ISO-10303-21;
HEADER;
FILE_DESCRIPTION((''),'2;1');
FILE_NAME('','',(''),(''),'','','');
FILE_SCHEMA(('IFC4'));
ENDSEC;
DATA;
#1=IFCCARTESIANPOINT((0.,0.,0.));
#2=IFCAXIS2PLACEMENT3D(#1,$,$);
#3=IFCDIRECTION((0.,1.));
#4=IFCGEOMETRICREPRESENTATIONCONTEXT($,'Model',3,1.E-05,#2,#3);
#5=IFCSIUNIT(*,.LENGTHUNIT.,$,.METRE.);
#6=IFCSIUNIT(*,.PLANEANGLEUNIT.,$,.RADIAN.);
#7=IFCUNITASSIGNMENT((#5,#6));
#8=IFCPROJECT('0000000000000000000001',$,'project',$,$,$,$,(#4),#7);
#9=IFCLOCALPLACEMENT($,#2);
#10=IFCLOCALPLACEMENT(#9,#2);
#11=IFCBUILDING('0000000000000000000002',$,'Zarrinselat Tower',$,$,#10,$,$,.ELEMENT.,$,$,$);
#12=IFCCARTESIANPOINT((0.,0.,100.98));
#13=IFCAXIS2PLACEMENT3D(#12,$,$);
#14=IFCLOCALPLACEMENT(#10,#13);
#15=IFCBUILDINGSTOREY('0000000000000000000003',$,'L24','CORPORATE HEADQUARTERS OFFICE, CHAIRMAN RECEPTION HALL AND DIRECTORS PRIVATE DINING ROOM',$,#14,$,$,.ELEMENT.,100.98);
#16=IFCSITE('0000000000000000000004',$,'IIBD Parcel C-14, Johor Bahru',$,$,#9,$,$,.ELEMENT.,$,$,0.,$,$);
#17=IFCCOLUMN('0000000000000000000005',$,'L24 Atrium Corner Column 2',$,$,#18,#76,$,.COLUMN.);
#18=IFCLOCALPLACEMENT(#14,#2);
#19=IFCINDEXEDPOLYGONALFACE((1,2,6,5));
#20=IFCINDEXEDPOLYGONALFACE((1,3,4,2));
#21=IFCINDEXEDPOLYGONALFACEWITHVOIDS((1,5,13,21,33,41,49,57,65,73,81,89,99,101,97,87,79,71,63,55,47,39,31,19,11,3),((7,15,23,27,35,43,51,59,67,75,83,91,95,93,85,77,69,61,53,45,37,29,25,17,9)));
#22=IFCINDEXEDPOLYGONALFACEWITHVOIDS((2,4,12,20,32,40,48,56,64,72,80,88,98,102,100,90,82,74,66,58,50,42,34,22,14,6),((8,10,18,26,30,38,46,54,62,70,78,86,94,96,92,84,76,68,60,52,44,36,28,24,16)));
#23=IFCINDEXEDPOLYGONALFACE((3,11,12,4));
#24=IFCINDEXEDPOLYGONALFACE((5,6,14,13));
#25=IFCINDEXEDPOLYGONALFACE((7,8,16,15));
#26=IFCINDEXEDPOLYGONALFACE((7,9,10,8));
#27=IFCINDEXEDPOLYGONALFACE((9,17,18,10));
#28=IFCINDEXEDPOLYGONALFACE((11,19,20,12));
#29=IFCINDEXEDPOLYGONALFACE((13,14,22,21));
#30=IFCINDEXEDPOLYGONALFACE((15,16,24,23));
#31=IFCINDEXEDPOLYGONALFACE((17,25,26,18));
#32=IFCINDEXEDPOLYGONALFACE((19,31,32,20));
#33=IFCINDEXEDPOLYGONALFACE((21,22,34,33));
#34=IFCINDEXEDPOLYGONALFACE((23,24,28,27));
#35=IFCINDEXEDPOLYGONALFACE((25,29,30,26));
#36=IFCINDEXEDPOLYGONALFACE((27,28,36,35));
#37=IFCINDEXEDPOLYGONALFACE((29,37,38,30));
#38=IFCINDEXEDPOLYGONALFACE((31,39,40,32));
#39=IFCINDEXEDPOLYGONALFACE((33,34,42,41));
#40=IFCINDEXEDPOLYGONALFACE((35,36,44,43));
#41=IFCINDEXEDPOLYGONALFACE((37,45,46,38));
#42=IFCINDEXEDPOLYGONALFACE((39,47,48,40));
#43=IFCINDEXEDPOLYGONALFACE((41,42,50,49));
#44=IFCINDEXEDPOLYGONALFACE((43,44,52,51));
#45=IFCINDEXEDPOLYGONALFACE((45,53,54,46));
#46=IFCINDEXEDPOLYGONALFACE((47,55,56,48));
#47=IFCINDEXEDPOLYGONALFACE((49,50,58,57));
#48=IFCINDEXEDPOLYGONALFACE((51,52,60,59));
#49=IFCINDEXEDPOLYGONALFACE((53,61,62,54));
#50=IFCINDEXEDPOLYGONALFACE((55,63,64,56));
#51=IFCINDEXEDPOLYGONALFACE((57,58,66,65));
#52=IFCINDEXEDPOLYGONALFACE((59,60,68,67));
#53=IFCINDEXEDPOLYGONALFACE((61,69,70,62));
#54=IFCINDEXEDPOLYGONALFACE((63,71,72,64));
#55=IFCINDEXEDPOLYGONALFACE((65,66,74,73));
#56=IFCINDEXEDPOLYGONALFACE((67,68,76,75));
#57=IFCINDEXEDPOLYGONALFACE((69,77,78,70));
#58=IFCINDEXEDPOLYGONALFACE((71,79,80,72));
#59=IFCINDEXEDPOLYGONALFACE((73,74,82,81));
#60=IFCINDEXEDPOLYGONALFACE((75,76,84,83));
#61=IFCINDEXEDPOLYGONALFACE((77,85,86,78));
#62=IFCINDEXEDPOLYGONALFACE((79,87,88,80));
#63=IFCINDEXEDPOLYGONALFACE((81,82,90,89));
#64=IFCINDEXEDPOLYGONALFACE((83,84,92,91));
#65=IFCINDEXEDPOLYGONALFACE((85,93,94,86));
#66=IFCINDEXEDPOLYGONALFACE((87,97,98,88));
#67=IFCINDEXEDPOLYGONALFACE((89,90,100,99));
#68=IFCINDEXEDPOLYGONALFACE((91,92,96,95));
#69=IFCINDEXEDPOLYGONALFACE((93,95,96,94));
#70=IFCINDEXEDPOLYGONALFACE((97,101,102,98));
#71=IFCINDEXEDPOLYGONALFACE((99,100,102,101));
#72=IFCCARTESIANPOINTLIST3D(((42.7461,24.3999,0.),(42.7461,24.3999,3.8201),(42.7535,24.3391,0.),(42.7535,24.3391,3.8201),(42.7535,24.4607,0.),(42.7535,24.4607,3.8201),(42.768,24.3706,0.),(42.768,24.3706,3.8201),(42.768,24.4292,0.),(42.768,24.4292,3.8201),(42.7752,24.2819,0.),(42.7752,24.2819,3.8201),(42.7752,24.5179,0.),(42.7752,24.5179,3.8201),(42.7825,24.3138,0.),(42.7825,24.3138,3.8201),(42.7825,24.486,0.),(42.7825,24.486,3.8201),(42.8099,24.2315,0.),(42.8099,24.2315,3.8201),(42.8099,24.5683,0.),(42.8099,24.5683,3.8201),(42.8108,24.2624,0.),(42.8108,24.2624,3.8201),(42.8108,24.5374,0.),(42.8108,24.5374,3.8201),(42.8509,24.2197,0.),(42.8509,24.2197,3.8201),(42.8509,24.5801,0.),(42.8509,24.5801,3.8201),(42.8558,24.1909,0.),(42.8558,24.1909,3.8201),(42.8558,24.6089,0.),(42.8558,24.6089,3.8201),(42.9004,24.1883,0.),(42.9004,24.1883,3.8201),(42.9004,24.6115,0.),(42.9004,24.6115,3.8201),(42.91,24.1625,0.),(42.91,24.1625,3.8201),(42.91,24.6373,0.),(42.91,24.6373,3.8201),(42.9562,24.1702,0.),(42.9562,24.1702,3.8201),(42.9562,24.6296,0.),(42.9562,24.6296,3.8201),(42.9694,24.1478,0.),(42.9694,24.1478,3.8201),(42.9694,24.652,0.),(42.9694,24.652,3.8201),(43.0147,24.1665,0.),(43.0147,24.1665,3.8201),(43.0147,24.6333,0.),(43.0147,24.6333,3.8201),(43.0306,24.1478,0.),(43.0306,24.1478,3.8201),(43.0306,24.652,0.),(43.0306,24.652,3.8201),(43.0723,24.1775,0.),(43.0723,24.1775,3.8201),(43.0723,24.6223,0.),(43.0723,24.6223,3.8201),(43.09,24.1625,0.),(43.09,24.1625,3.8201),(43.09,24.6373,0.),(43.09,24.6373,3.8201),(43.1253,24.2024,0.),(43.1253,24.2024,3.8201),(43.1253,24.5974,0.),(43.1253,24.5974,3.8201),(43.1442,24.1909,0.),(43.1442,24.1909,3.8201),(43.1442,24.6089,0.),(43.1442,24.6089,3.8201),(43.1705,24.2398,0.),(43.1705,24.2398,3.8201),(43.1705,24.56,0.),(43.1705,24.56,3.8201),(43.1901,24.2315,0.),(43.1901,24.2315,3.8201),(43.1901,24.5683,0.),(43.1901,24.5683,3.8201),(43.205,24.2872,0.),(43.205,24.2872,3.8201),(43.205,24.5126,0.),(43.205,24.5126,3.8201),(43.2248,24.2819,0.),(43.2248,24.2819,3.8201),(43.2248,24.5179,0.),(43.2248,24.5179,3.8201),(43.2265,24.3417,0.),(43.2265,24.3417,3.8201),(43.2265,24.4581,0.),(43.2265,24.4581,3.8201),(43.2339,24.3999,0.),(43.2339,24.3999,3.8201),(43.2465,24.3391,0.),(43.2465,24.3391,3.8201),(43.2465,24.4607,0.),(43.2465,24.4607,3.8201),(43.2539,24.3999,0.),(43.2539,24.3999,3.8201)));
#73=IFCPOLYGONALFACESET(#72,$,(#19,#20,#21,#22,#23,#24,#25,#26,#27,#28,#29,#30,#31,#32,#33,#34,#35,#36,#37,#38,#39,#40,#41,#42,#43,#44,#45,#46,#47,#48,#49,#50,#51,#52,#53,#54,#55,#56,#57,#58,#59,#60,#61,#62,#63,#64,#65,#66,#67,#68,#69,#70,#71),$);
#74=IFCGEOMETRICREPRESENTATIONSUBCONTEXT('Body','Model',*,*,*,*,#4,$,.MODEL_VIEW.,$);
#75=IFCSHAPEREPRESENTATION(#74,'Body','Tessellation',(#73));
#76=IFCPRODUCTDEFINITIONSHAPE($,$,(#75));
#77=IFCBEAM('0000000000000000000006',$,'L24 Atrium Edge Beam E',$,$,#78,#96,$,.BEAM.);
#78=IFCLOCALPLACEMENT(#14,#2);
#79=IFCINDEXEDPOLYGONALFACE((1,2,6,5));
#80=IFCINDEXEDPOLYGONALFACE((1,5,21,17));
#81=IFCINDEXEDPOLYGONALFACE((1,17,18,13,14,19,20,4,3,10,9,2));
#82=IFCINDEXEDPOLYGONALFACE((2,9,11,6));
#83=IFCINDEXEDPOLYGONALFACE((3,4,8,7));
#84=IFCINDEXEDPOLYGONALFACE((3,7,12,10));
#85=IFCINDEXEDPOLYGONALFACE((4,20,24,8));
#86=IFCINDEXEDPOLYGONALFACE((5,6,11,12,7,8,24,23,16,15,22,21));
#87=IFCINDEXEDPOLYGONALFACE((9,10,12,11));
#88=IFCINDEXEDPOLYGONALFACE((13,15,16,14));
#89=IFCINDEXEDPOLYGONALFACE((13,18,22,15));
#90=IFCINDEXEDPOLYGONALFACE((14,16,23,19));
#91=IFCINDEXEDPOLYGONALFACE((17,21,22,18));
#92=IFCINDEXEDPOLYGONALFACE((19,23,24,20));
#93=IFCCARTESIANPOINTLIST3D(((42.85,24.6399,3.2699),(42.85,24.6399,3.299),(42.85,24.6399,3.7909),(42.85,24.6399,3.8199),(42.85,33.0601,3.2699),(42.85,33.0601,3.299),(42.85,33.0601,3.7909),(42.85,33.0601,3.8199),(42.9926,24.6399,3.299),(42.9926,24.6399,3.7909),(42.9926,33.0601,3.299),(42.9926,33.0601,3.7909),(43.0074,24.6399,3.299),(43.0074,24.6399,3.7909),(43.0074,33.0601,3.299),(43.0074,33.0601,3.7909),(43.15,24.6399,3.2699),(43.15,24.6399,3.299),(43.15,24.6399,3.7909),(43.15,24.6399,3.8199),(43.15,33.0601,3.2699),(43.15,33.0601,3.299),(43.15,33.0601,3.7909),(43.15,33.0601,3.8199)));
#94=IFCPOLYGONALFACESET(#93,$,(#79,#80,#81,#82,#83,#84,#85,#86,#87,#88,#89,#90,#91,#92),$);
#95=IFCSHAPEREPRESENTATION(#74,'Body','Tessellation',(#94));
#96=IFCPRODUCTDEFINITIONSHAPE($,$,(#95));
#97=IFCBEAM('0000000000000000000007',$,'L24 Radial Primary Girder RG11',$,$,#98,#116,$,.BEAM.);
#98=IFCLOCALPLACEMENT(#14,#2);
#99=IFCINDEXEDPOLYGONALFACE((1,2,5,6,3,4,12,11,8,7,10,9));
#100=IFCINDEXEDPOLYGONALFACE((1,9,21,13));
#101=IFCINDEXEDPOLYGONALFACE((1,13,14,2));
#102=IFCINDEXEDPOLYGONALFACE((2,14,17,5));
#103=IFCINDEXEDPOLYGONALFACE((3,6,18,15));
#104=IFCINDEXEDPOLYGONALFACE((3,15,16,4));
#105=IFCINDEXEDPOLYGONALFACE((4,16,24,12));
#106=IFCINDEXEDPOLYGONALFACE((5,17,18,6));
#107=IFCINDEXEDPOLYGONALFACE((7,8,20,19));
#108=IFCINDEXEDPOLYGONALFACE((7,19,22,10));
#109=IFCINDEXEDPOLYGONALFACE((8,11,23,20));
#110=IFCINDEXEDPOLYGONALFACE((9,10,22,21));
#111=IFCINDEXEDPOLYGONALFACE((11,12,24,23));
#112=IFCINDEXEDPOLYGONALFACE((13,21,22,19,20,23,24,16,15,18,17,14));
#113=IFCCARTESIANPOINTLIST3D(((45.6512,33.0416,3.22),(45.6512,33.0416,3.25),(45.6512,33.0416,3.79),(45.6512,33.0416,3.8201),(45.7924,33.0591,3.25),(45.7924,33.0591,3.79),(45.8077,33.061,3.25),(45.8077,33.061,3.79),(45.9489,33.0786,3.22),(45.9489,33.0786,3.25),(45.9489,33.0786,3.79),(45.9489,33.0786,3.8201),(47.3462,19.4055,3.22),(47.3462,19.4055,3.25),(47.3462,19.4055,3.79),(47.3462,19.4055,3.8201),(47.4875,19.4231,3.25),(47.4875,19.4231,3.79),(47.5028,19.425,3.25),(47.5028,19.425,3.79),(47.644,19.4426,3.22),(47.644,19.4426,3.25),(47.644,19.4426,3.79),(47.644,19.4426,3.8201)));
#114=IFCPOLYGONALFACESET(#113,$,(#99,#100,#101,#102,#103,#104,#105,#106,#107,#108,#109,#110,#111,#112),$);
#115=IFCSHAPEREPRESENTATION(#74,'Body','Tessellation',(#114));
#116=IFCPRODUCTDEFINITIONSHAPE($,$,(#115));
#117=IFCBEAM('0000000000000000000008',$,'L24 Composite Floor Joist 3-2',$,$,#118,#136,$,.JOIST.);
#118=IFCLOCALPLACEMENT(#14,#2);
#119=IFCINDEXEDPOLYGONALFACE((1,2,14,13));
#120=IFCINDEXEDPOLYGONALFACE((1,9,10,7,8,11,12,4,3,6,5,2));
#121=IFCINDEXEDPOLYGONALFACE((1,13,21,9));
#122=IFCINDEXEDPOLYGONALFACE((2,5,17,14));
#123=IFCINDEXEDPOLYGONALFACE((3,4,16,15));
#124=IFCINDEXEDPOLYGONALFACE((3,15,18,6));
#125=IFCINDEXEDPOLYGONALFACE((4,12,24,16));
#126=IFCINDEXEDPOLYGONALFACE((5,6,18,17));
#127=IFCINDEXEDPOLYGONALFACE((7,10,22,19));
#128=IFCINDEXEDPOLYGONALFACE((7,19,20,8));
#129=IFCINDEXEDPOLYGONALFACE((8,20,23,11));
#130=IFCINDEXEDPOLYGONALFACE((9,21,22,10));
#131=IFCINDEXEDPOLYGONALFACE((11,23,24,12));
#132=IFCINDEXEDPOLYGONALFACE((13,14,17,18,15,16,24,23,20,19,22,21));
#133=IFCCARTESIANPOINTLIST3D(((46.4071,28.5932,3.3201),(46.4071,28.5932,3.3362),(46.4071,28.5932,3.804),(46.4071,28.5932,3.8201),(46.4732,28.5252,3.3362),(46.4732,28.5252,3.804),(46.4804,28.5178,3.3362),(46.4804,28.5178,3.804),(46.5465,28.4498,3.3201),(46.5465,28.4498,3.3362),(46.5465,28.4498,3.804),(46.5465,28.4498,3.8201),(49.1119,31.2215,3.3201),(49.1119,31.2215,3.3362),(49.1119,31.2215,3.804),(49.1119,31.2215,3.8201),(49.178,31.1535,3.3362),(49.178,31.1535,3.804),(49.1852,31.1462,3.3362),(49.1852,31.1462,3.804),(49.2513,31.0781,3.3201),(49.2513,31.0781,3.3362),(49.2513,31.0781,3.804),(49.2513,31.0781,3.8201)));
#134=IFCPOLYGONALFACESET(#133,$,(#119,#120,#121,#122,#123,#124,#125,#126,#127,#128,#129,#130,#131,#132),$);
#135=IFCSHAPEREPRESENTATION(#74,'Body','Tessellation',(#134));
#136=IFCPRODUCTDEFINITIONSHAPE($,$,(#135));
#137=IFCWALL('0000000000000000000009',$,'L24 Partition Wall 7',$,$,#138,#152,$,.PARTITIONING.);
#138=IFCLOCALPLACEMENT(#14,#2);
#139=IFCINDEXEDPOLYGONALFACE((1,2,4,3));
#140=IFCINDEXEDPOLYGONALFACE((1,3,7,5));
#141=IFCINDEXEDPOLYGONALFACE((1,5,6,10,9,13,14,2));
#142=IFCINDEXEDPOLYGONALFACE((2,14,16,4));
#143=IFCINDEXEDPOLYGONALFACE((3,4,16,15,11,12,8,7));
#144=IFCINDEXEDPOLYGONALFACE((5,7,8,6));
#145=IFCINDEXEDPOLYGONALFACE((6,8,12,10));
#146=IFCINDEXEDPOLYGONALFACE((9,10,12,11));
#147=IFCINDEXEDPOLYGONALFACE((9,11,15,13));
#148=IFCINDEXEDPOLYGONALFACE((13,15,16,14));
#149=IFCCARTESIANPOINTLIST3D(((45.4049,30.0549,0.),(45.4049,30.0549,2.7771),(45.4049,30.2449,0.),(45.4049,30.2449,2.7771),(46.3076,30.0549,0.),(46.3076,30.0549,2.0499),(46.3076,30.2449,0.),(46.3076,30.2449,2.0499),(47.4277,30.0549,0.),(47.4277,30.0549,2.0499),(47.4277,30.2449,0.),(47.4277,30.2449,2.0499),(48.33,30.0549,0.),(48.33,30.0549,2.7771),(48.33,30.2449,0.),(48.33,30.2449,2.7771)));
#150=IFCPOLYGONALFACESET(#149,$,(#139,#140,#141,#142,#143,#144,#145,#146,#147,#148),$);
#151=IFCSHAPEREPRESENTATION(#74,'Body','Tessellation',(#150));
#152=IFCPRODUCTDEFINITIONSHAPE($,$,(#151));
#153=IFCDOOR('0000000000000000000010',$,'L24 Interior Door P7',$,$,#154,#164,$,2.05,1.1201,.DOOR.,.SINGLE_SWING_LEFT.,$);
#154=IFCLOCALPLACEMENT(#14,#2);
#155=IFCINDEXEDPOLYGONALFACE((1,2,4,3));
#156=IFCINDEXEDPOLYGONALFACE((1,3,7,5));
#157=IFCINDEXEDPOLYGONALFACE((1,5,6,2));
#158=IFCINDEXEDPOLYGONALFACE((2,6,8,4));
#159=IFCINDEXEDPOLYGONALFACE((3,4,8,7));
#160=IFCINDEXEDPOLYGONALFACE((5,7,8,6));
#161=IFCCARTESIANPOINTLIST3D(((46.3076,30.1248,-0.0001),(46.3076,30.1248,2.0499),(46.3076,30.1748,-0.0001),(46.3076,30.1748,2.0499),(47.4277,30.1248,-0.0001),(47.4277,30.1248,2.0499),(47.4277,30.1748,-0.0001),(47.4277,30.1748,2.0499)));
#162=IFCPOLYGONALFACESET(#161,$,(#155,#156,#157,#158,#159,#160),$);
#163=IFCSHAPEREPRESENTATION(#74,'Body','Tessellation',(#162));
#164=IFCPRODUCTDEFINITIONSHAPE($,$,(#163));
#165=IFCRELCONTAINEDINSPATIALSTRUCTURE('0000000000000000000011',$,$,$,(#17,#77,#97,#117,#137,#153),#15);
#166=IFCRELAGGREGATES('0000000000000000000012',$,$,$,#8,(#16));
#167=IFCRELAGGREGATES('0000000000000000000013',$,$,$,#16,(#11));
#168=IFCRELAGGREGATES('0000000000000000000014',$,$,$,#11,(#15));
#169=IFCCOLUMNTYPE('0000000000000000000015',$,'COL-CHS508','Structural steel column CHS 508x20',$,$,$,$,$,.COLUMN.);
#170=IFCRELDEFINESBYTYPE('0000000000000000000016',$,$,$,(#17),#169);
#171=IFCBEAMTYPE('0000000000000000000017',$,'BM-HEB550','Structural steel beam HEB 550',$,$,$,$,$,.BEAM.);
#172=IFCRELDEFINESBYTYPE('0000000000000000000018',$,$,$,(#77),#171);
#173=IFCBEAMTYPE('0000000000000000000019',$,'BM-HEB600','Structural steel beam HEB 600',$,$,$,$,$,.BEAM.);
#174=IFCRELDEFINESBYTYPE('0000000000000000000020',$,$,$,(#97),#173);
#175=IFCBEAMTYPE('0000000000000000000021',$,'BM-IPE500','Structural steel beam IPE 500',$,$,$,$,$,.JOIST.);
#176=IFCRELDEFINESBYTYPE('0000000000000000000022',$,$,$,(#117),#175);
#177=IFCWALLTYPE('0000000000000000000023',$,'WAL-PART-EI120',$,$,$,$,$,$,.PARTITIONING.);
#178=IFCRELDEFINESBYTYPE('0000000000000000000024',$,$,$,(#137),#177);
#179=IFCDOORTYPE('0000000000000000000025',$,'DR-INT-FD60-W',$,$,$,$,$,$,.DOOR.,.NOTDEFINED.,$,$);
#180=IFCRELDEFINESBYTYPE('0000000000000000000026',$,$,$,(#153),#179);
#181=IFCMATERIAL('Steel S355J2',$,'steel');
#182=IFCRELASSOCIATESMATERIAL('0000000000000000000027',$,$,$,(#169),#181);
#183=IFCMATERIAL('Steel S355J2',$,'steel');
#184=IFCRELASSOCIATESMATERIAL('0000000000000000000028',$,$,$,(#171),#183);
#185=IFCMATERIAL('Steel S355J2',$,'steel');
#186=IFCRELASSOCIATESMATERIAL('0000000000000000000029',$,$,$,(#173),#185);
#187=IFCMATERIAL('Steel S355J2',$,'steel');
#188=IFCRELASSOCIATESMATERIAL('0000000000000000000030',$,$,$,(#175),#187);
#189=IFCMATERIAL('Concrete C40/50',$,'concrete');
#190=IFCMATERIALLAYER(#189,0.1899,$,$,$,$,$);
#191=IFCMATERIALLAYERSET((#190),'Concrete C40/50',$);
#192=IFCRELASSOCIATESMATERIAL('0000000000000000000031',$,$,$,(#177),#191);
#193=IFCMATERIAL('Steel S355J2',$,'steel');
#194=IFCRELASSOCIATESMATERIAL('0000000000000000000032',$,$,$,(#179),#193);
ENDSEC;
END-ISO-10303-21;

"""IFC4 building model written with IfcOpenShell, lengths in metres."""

from ifc_helpers import new_model, si_unit, direction, frame, frame_2d, origin, origin_2d, place, context, subcontext, project, spatial, rectangle, hollow_circle, i_section, extrude, material, layer, layer_set, material_profile, profile_set, type_object, element, fill, save


model = new_model("IFC4")

# Units and contexts
model_context = context("Model", 3, precision=1e-05, world=origin(), true_north=direction((0.0, 1.0)))
body_context = subcontext(model_context, "Body", "Model", "MODEL_VIEW")
ifc_project = project(units=[si_unit("LENGTHUNIT", "METRE"), si_unit("PLANEANGLEUNIT", "RADIAN")], contexts=[model_context])

# Site, building, storey
site_placement = place(None, origin())
site = spatial("IfcSite", under=ifc_project, at=site_placement, Name="IIBD Parcel C-14, Johor Bahru", CompositionType="ELEMENT", RefElevation=0.0)
building_placement = place(site_placement, origin())
building = spatial("IfcBuilding", under=site, at=building_placement, Name="Zarrinselat Tower", CompositionType="ELEMENT")
storey_placement = place(building_placement, frame((0.0, 0.0, 100.98)))
storey = spatial("IfcBuildingStorey", under=building, at=storey_placement, Name="L24", Description="CORPORATE HEADQUARTERS OFFICE, CHAIRMAN RECEPTION HALL AND DIRECTORS PRIVATE DINING ROOM", CompositionType="ELEMENT", Elevation=100.98)

# Column
ifc_material_1 = material(Name="Steel S355J2", Category="steel")
ifc_material_profile_1 = material_profile(ifc_material_1, hollow_circle(Radius=0.2539, WallThickness=0.02, at=origin_2d()), Name="CHS 508x20")
ifc_profile_set_1 = profile_set([ifc_material_profile_1], Name="Steel S355J2")
column_type = type_object("IfcColumnType", Name="COL-CHS508", Description="Structural steel column CHS 508x20", PredefinedType="COLUMN", material=ifc_profile_set_1)
column_placement = place(storey_placement, frame((43.0, 24.3999, 0.0), z_axis=(0.0, 0.0, 1.0), x_axis=(1.0, 0.0, 0.0)))
element("IfcColumn", 1, at=column_placement, inside=storey, type_object=column_type, Name="L24 Atrium Corner Column 2", PredefinedType="COLUMN", context=body_context, shape_type="SweptSolid", body=[
    extrude(hollow_circle(Radius=0.2539, WallThickness=0.02, at=origin_2d()), origin(), (0.0, 0.0, 1.0), 3.8201),
])

# Beams
ifc_material_2 = material(Name="Steel S355J2", Category="steel")
ifc_material_profile_2 = material_profile(ifc_material_2, i_section(OverallWidth=0.3, OverallDepth=0.55, WebThickness=0.0149, FlangeThickness=0.0291, at=origin_2d()), Name="HEB 550")
ifc_profile_set_2 = profile_set([ifc_material_profile_2], Name="Steel S355J2")
beam_type_1 = type_object("IfcBeamType", Name="BM-HEB550", Description="Structural steel beam HEB 550", PredefinedType="BEAM", material=ifc_profile_set_2)
beam_1_placement = place(storey_placement, frame((43.0, 24.6399, 3.5449), z_axis=(0.0, 1.0, 0.0), x_axis=(-1.0, 0.0, 0.0)))
element("IfcBeam", 2, at=beam_1_placement, inside=storey, type_object=beam_type_1, Name="L24 Atrium Edge Beam E", PredefinedType="BEAM", context=body_context, shape_type="SweptSolid", body=[
    extrude(i_section(OverallWidth=0.3, OverallDepth=0.55, WebThickness=0.0149, FlangeThickness=0.0291, at=origin_2d()), origin(), (0.0, 0.0, 1.0), 8.4202),
])
ifc_material_3 = material(Name="Steel S355J2", Category="steel")
ifc_material_profile_3 = material_profile(ifc_material_3, i_section(OverallWidth=0.3, OverallDepth=0.6001, WebThickness=0.0154, FlangeThickness=0.03, at=origin_2d()), Name="HEB 600")
ifc_profile_set_3 = profile_set([ifc_material_profile_3], Name="Steel S355J2")
beam_type_2 = type_object("IfcBeamType", Name="BM-HEB600", Description="Structural steel beam HEB 600", PredefinedType="BEAM", material=ifc_profile_set_3)
beam_2_placement = place(storey_placement, frame((45.8, 33.0601, 3.52), z_axis=(0.123359, -0.992362, 0.0), x_axis=(0.992362, 0.123359, 0.0)))
element("IfcBeam", 3, at=beam_2_placement, inside=storey, type_object=beam_type_2, Name="L24 Radial Primary Girder RG11", PredefinedType="BEAM", context=body_context, shape_type="SweptSolid", body=[
    extrude(i_section(OverallWidth=0.3, OverallDepth=0.6001, WebThickness=0.0154, FlangeThickness=0.03, at=origin_2d()), origin(), (0.0, 0.0, 1.0), 13.741),
])
ifc_material_4 = material(Name="Steel S355J2", Category="steel")
ifc_material_profile_4 = material_profile(ifc_material_4, i_section(OverallWidth=0.2, OverallDepth=0.5, WebThickness=0.0103, FlangeThickness=0.0161, at=origin_2d()), Name="IPE 500")
ifc_profile_set_4 = profile_set([ifc_material_profile_4], Name="Steel S355J2")
beam_type_3 = type_object("IfcBeamType", Name="BM-IPE500", Description="Structural steel beam IPE 500", PredefinedType="JOIST", material=ifc_profile_set_4)
beam_3_placement = place(storey_placement, frame((46.4768, 28.5215, 3.5701), z_axis=(0.717165, 0.696904, 0.0), x_axis=(-0.696904, 0.717165, 0.0)))
element("IfcBeam", 4, at=beam_3_placement, inside=storey, type_object=beam_type_3, Name="L24 Composite Floor Joist 3-2", PredefinedType="JOIST", context=body_context, shape_type="SweptSolid", body=[
    extrude(i_section(OverallWidth=0.2, OverallDepth=0.5, WebThickness=0.0103, FlangeThickness=0.0161, at=origin_2d()), origin(), (0.0, 0.0, 1.0), 3.7715),
])

# Wall, opening, door
ifc_material_5 = material(Name="Concrete C40/50", Category="concrete")
ifc_layer_1 = layer(ifc_material_5, 0.1899)
ifc_layer_set_1 = layer_set([ifc_layer_1], Name="Concrete C40/50")
wall_type_1 = type_object("IfcWallType", Name="WAL-PART-EI120", PredefinedType="PARTITIONING", material=ifc_layer_set_1)
wall_1_placement = place(storey_placement, frame((45.405, 30.1499, 0.0), z_axis=(0.0, 0.0, 1.0), x_axis=(1.0, 0.0, 0.0)))
wall_1 = element("IfcWall", 5, at=wall_1_placement, inside=storey, type_object=wall_type_1, Name="L24 Partition Wall 7", PredefinedType="PARTITIONING", context=body_context, shape_type="SweptSolid", body=[
    extrude(rectangle(XDim=2.925, YDim=0.1899, at=frame_2d((1.4624, 0.0))), origin(), (0.0, 0.0, 1.0), 2.7771),
])
opening_1_placement = place(wall_1_placement, frame((0.9026, 0.0, 0.0)))
opening_1 = element("IfcOpeningElement", 6, at=opening_1_placement, cuts=wall_1, PredefinedType="OPENING", context=body_context, shape_type="SweptSolid", body=[
    extrude(rectangle(XDim=1.1201, YDim=2.05, at=frame_2d((0.5601, 1.0249))), frame((0.0, 0.105, 0.0), z_axis=(0.0, -1.0, 0.0), x_axis=(1.0, 0.0, 0.0)), (0.0, 0.0, 1.0), 0.21),
])
ifc_material_6 = material(Name="Steel S355J2", Category="steel")
door_type = type_object("IfcDoorType", Name="DR-INT-FD60-W", OperationType="NOTDEFINED", PredefinedType="DOOR", material=ifc_material_6)
door_1_placement = place(opening_1_placement, origin())
door_1 = element("IfcDoor", 7, at=door_1_placement, inside=storey, type_object=door_type, Name="L24 Interior Door P7", OperationType="SINGLE_SWING_LEFT", OverallHeight=2.05, OverallWidth=1.1201, PredefinedType="DOOR", context=body_context, shape_type="SweptSolid", body=[
    extrude(rectangle(XDim=1.1201, YDim=2.05, at=frame_2d((0.5601, 1.0249))), frame((0.0, 0.0249, 0.0), z_axis=(0.0, -1.0, 0.0), x_axis=(1.0, 0.0, 0.0)), (0.0, 0.0, 1.0), 0.05),
])
fill(opening_1, door_1)

save(model, "model.ifc")
